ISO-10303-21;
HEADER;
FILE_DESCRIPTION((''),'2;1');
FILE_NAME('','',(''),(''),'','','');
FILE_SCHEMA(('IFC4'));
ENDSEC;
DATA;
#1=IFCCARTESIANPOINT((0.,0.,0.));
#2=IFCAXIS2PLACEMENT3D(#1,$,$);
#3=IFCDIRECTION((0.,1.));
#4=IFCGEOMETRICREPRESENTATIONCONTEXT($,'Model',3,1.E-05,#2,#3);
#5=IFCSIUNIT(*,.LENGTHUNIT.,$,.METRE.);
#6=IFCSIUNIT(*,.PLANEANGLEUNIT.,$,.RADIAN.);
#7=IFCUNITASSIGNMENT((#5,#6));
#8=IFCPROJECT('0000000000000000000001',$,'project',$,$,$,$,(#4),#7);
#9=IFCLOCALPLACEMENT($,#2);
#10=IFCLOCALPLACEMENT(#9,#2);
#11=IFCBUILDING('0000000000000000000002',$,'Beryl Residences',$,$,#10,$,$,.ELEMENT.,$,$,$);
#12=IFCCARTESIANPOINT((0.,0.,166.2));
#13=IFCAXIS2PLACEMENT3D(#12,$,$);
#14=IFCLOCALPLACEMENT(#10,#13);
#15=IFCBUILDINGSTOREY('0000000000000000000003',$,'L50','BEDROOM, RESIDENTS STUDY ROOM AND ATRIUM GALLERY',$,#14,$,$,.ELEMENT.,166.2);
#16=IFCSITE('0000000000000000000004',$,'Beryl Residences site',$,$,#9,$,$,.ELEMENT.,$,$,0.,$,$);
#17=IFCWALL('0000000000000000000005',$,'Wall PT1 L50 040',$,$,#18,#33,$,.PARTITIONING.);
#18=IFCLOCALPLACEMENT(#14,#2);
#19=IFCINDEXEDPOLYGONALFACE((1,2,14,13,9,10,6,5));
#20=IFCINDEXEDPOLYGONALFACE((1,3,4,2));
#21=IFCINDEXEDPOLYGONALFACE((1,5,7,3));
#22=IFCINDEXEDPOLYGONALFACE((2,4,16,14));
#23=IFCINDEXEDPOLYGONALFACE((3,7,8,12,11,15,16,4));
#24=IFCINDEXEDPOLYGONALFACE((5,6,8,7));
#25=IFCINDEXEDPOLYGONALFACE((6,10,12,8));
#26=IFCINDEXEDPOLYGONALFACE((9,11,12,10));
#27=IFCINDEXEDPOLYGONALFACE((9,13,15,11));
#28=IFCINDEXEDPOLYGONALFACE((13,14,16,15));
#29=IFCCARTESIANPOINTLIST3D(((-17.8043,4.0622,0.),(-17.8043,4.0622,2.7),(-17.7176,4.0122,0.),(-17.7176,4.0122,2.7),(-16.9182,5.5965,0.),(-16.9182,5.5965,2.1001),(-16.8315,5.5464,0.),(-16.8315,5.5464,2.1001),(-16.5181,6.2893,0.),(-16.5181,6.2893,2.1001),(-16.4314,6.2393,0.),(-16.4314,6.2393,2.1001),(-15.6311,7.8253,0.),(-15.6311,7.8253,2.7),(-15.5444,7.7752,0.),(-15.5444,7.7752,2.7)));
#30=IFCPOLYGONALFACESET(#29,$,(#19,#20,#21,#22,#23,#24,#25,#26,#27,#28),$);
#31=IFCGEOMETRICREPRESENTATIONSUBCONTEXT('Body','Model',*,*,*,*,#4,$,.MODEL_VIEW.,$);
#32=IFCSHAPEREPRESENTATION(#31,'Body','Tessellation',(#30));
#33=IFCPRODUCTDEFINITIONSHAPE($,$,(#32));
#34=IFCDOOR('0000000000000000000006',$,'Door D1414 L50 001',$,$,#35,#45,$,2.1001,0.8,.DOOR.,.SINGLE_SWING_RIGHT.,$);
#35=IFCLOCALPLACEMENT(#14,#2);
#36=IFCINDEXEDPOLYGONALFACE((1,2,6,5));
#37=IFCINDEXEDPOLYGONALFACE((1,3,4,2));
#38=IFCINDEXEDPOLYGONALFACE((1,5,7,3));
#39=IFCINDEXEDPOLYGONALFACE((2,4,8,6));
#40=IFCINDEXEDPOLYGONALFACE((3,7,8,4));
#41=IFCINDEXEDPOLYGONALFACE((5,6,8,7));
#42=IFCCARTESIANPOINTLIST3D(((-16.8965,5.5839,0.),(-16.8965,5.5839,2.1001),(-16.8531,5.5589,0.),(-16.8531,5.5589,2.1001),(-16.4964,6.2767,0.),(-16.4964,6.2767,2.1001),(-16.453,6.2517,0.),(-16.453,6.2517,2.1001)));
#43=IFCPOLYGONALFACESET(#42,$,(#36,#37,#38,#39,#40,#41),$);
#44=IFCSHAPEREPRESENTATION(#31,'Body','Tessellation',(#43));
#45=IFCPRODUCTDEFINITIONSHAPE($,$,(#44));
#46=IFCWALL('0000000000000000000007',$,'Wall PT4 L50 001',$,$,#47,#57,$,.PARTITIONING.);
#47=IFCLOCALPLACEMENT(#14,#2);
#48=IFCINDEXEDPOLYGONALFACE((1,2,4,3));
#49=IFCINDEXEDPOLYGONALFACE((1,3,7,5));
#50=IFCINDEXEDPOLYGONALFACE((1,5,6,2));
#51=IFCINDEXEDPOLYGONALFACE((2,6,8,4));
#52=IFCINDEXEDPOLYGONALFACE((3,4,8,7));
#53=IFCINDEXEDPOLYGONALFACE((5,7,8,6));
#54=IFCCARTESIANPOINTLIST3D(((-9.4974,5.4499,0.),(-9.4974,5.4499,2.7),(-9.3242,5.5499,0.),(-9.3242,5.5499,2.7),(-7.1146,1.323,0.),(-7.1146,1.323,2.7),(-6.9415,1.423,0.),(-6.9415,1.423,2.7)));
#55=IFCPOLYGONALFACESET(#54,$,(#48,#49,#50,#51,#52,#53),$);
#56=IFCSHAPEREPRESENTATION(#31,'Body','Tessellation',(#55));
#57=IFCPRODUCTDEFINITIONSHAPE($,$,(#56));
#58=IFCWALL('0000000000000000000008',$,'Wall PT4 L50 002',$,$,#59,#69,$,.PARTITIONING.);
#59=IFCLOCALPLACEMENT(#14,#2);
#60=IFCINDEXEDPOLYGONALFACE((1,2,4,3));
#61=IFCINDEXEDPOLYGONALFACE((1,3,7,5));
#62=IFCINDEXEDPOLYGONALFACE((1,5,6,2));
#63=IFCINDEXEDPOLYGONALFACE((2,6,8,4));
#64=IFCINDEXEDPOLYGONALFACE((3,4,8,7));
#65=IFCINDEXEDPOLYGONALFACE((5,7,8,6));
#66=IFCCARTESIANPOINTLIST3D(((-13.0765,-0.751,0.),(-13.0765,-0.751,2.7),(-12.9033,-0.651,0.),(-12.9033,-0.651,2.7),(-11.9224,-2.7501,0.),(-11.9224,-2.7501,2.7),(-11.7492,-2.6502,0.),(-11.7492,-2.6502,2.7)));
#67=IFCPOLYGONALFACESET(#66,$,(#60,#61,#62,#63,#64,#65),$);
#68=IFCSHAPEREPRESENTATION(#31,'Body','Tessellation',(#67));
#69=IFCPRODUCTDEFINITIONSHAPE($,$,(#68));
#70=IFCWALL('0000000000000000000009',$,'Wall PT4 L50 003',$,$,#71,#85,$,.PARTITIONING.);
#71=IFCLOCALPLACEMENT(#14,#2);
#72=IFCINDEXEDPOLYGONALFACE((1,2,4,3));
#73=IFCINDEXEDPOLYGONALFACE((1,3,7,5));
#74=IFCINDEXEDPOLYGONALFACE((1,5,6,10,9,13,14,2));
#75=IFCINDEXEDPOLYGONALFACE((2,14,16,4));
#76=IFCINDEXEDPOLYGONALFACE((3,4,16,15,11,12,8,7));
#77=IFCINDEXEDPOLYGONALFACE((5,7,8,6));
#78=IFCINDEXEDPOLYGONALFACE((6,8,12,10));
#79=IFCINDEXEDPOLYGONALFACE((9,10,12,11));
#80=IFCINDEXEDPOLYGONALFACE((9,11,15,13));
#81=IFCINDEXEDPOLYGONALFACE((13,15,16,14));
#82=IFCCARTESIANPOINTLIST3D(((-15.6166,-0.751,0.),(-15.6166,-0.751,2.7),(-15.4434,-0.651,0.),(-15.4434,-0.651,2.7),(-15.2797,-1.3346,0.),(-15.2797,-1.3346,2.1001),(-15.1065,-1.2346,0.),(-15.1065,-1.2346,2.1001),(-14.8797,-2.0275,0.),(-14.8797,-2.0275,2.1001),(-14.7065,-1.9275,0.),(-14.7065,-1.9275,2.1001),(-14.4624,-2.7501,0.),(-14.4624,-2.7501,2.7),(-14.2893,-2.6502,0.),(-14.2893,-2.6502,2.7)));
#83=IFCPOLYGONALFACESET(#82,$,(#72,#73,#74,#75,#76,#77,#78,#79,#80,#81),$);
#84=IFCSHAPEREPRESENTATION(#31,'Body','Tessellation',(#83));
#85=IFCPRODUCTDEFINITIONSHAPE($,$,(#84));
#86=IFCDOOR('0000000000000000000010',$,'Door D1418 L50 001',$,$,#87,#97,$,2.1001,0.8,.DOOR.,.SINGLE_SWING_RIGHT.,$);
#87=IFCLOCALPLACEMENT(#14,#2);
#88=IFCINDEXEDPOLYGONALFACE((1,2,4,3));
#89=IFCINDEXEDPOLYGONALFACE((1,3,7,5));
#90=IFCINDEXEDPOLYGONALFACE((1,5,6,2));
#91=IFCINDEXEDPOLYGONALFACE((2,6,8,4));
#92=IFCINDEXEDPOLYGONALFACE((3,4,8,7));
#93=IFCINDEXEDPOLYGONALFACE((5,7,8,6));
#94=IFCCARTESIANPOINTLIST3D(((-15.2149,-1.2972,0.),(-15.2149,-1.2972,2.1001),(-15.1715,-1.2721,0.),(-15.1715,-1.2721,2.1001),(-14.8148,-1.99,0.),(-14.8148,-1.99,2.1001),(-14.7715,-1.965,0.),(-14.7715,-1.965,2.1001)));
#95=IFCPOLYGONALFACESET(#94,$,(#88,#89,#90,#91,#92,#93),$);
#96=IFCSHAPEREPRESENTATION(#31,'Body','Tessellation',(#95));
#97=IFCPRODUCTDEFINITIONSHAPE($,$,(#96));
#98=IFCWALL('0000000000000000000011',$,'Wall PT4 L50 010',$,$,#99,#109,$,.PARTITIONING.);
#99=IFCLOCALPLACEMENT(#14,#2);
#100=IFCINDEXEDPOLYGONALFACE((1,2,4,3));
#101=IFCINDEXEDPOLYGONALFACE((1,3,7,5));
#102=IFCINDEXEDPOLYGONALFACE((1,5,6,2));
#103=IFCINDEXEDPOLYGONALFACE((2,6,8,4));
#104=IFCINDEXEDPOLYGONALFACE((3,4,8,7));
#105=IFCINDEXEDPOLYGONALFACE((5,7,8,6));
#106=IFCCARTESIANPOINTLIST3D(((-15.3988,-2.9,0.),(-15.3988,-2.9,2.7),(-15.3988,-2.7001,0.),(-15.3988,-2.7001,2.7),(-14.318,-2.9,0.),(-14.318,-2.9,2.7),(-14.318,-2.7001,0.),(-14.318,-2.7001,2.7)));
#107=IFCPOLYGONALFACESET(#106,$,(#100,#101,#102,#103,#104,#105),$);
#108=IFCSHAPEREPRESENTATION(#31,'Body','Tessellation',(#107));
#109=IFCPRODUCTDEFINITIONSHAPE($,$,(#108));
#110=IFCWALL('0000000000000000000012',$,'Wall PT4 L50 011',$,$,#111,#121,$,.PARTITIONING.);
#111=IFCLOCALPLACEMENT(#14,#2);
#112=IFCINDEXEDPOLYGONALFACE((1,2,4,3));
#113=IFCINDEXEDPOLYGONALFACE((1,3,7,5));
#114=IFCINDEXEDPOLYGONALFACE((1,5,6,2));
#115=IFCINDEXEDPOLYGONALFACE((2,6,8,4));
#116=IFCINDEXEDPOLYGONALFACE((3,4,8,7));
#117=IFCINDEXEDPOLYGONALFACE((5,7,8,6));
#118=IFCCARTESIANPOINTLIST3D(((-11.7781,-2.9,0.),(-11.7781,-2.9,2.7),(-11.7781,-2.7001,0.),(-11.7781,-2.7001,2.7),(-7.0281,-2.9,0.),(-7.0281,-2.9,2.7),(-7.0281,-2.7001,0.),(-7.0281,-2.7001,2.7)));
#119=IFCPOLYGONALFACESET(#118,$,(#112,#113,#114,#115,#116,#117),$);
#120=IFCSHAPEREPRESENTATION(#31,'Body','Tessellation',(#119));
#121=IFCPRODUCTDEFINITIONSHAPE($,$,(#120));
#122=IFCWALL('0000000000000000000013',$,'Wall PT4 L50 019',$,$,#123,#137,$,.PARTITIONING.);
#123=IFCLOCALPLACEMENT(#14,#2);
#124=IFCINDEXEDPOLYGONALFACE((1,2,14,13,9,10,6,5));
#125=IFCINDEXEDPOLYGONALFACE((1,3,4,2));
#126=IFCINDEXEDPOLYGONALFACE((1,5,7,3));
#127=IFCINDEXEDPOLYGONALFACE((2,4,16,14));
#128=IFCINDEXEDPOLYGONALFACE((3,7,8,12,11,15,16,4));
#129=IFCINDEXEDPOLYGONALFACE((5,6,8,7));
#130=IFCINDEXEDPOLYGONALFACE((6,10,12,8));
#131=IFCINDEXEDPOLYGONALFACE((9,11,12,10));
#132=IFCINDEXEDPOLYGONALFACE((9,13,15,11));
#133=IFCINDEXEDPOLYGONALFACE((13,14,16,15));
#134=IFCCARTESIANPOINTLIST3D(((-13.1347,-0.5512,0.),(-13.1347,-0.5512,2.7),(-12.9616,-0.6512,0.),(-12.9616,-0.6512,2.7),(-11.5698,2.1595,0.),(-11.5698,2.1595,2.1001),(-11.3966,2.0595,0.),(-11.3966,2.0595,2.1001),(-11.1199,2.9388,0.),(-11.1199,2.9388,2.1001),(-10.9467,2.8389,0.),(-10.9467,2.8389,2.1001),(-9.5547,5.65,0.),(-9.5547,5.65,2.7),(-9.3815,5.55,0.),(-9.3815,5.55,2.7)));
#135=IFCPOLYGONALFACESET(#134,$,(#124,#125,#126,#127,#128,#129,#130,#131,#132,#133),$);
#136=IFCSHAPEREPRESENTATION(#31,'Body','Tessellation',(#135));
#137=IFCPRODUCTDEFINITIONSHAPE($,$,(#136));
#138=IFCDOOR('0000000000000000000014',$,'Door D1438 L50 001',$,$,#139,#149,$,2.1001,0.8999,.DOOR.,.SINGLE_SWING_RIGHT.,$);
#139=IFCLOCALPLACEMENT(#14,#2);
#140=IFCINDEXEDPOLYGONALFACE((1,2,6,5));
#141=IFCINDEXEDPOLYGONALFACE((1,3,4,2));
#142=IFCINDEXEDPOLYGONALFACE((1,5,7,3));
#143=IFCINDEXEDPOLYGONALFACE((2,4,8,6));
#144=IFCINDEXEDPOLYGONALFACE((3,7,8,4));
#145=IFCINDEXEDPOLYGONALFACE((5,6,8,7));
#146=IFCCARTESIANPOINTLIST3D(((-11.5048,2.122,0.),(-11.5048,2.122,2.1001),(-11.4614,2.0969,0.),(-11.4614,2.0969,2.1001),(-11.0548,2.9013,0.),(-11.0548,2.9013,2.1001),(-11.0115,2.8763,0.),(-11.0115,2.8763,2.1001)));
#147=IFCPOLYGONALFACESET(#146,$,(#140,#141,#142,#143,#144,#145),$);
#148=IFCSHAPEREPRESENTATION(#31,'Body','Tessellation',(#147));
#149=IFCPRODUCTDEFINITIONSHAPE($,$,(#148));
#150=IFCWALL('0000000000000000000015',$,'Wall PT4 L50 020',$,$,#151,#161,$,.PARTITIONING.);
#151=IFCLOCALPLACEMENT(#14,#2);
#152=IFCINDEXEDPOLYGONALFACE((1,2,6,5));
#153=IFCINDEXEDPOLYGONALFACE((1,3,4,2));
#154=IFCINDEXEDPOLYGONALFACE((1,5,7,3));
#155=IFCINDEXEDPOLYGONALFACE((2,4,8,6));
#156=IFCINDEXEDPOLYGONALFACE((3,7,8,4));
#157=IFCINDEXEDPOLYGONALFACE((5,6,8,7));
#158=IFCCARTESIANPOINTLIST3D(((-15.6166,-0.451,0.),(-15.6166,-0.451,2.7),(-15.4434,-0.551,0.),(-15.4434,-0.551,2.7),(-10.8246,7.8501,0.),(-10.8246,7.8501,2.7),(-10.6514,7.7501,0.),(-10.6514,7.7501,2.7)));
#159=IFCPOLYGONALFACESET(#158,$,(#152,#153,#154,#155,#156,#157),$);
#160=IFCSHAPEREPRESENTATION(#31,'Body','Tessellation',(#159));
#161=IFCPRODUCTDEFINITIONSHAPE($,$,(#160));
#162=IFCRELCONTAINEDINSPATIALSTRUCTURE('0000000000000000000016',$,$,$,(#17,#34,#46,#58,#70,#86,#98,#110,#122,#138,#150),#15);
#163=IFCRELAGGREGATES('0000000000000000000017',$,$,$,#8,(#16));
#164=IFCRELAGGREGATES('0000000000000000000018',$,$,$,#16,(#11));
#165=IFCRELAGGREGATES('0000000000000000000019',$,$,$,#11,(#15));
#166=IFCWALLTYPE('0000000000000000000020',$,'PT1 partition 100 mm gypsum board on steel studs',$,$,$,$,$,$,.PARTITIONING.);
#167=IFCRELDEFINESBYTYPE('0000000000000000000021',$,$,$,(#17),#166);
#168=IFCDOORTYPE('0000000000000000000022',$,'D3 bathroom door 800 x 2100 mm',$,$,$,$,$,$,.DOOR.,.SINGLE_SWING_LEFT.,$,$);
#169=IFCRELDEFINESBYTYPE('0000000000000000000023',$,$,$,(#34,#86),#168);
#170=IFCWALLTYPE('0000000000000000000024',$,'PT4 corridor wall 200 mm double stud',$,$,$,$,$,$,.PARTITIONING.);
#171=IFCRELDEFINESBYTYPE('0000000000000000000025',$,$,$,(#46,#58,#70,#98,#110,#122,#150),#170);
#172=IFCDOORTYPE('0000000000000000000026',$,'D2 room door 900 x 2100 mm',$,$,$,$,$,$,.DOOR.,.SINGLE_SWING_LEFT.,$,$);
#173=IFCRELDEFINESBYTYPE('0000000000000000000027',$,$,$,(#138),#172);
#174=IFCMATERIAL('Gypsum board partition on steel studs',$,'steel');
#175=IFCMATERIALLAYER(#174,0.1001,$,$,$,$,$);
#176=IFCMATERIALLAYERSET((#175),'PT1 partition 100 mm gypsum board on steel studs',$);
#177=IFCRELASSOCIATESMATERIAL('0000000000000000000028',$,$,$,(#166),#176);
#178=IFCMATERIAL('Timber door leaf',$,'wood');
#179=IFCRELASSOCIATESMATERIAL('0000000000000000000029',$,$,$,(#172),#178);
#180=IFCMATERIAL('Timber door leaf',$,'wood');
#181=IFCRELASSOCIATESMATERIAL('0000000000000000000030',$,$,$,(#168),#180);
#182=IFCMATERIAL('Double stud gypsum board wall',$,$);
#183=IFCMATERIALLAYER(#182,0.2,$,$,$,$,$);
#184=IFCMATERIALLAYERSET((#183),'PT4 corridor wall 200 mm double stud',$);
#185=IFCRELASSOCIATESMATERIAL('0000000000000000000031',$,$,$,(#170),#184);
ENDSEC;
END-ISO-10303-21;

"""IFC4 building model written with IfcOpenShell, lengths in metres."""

from ifc_helpers import new_model, si_unit, direction, frame, frame_2d, origin, place, context, subcontext, project, spatial, rectangle, extrude, material, layer, layer_set, type_object, element, fill, save


model = new_model("IFC4")

# Units and contexts
model_context = context("Model", 3, precision=1e-05, world=origin(), true_north=direction((0.0, 1.0)))
body_context = subcontext(model_context, "Body", "Model", "MODEL_VIEW")
ifc_project = project(units=[si_unit("LENGTHUNIT", "METRE"), si_unit("PLANEANGLEUNIT", "RADIAN")], contexts=[model_context])

# Site, building, storey
site_placement = place(None, origin())
site = spatial("IfcSite", under=ifc_project, at=site_placement, Name="Beryl Residences site", CompositionType="ELEMENT", RefElevation=0.0)
building_placement = place(site_placement, origin())
building = spatial("IfcBuilding", under=site, at=building_placement, Name="Beryl Residences", CompositionType="ELEMENT")
storey_placement = place(building_placement, frame((0.0, 0.0, 166.2)))
storey = spatial("IfcBuildingStorey", under=building, at=storey_placement, Name="L50", Description="BEDROOM, RESIDENTS STUDY ROOM AND ATRIUM GALLERY", CompositionType="ELEMENT", Elevation=166.2)

# Shared definitions
ifc_material_1 = material(Name="Gypsum board partition on steel studs", Category="steel")
ifc_layer_1 = layer(ifc_material_1, 0.1001)
ifc_layer_set_1 = layer_set([ifc_layer_1], Name="PT1 partition 100 mm gypsum board on steel studs")
wall_type_1 = type_object("IfcWallType", Name="PT1 partition 100 mm gypsum board on steel studs", PredefinedType="PARTITIONING", material=ifc_layer_set_1)
ifc_material_2 = material(Name="Timber door leaf", Category="wood")
door_type_1 = type_object("IfcDoorType", Name="D2 room door 900 x 2100 mm", OperationType="SINGLE_SWING_LEFT", PredefinedType="DOOR", material=ifc_material_2)

# Shared definitions
ifc_material_3 = material(Name="Timber door leaf", Category="wood")
door_type_2 = type_object("IfcDoorType", Name="D3 bathroom door 800 x 2100 mm", OperationType="SINGLE_SWING_LEFT", PredefinedType="DOOR", material=ifc_material_3)

# Wall, opening, door
wall_1_placement = place(storey_placement, frame((-17.761, 4.0371, 0.0), z_axis=(0.0, 0.0, 1.0), x_axis=(0.500097, 0.865969, 0.0)))
wall_1 = element("IfcWall", 1, at=wall_1_placement, inside=storey, type_object=wall_type_1, Name="Wall PT1 L50 040", PredefinedType="PARTITIONING", context=body_context, shape_type="SweptSolid", body=[
    extrude(rectangle(XDim=4.3455, YDim=0.1001, at=frame_2d((2.1729, 0.0))), origin(), (0.0, 0.0, 1.0), 2.7),
])
opening_1_placement = place(wall_1_placement, frame((1.772, 0.0, 0.0)))
opening_1 = element("IfcOpeningElement", 2, at=opening_1_placement, cuts=wall_1, PredefinedType="OPENING", context=body_context, shape_type="SweptSolid", body=[
    extrude(rectangle(XDim=0.8, YDim=2.1001, at=frame_2d((0.3999, 1.05))), frame((0.0, 0.0601, 0.0), z_axis=(0.0, -1.0, 0.0), x_axis=(1.0, 0.0, 0.0)), (0.0, 0.0, 1.0), 0.1201),
])
door_1_placement = place(opening_1_placement, origin())
door_1 = element("IfcDoor", 3, at=door_1_placement, inside=storey, type_object=door_type_2, Name="Door D1414 L50 001", OperationType="SINGLE_SWING_RIGHT", OverallHeight=2.1001, OverallWidth=0.8, PredefinedType="DOOR", context=body_context, shape_type="SweptSolid", body=[
    extrude(rectangle(XDim=0.8, YDim=2.1001, at=frame_2d((0.3999, 1.05))), frame((0.0, 0.0249, 0.0), z_axis=(0.0, -1.0, 0.0), x_axis=(1.0, 0.0, 0.0)), (0.0, 0.0, 1.0), 0.05),
])
fill(opening_1, door_1)

# Walls
ifc_material_4 = material(Name="Double stud gypsum board wall")
ifc_layer_2 = layer(ifc_material_4, 0.2)
ifc_layer_set_2 = layer_set([ifc_layer_2], Name="PT4 corridor wall 200 mm double stud")
wall_type_2 = type_object("IfcWallType", Name="PT4 corridor wall 200 mm double stud", PredefinedType="PARTITIONING", material=ifc_layer_set_2)
wall_2_placement = place(storey_placement, frame((-9.4109, 5.5, 0.0), z_axis=(0.0, 0.0, 1.0), x_axis=(0.500018, -0.866015, 0.0)))
element("IfcWall", 4, at=wall_2_placement, inside=storey, type_object=wall_type_2, Name="Wall PT4 L50 001", PredefinedType="PARTITIONING", context=body_context, shape_type="SweptSolid", body=[
    extrude(rectangle(XDim=4.7654, YDim=0.2, at=frame_2d((2.3828, 0.0))), origin(), (0.0, 0.0, 1.0), 2.7),
])
wall_3_placement = place(storey_placement, frame((-12.99, -0.7009, 0.0), z_axis=(0.0, 0.0, 1.0), x_axis=(0.499973, -0.866041, 0.0)))
element("IfcWall", 5, at=wall_3_placement, inside=storey, type_object=wall_type_2, Name="Wall PT4 L50 002", PredefinedType="PARTITIONING", context=body_context, shape_type="SweptSolid", body=[
    extrude(rectangle(XDim=2.3083, YDim=0.2, at=frame_2d((1.1543, 0.0))), origin(), (0.0, 0.0, 1.0), 2.7),
])

# Wall, opening, door
wall_4_placement = place(storey_placement, frame((-15.53, -0.7009, 0.0), z_axis=(0.0, 0.0, 1.0), x_axis=(0.499973, -0.866041, 0.0)))
wall_4 = element("IfcWall", 6, at=wall_4_placement, inside=storey, type_object=wall_type_2, Name="Wall PT4 L50 003", PredefinedType="PARTITIONING", context=body_context, shape_type="SweptSolid", body=[
    extrude(rectangle(XDim=2.3083, YDim=0.2, at=frame_2d((1.1543, 0.0))), origin(), (0.0, 0.0, 1.0), 2.7),
])
opening_2_placement = place(wall_4_placement, frame((0.6741, 0.0, 0.0)))
opening_2 = element("IfcOpeningElement", 7, at=opening_2_placement, cuts=wall_4, PredefinedType="OPENING", context=body_context, shape_type="SweptSolid", body=[
    extrude(rectangle(XDim=0.8, YDim=2.1001, at=frame_2d((0.3999, 1.05))), frame((0.0, 0.1099, 0.0), z_axis=(0.0, -1.0, 0.0), x_axis=(1.0, 0.0, 0.0)), (0.0, 0.0, 1.0), 0.22),
])
door_2_placement = place(opening_2_placement, origin())
door_2 = element("IfcDoor", 8, at=door_2_placement, inside=storey, type_object=door_type_2, Name="Door D1418 L50 001", OperationType="SINGLE_SWING_RIGHT", OverallHeight=2.1001, OverallWidth=0.8, PredefinedType="DOOR", context=body_context, shape_type="SweptSolid", body=[
    extrude(rectangle(XDim=0.8, YDim=2.1001, at=frame_2d((0.3999, 1.05))), frame((0.0, 0.0249, 0.0), z_axis=(0.0, -1.0, 0.0), x_axis=(1.0, 0.0, 0.0)), (0.0, 0.0, 1.0), 0.05),
])
fill(opening_2, door_2)

# Walls
wall_5_placement = place(storey_placement, frame((-15.3989, -2.8, 0.0), z_axis=(0.0, 0.0, 1.0), x_axis=(1.0, 0.0, 0.0)))
element("IfcWall", 9, at=wall_5_placement, inside=storey, type_object=wall_type_2, Name="Wall PT4 L50 010", PredefinedType="PARTITIONING", context=body_context, shape_type="SweptSolid", body=[
    extrude(rectangle(XDim=1.0808, YDim=0.2, at=frame_2d((0.5405, 0.0))), origin(), (0.0, 0.0, 1.0), 2.7),
])
wall_6_placement = place(storey_placement, frame((-11.7781, -2.8, 0.0), z_axis=(0.0, 0.0, 1.0), x_axis=(1.0, 0.0, 0.0)))
element("IfcWall", 10, at=wall_6_placement, inside=storey, type_object=wall_type_2, Name="Wall PT4 L50 011", PredefinedType="PARTITIONING", context=body_context, shape_type="SweptSolid", body=[
    extrude(rectangle(XDim=4.75, YDim=0.2, at=frame_2d((2.375, 0.0))), origin(), (0.0, 0.0, 1.0), 2.7),
])

# Wall, opening, door
wall_7_placement = place(storey_placement, frame((-13.0481, -0.6011, 0.0), z_axis=(0.0, 0.0, 1.0), x_axis=(0.499982, 0.866036, 0.0)))
wall_7 = element("IfcWall", 11, at=wall_7_placement, inside=storey, type_object=wall_type_2, Name="Wall PT4 L50 019", PredefinedType="PARTITIONING", context=body_context, shape_type="SweptSolid", body=[
    extrude(rectangle(XDim=7.1604, YDim=0.2, at=frame_2d((3.5801, 0.0))), origin(), (0.0, 0.0, 1.0), 2.7),
])
opening_3_placement = place(wall_7_placement, frame((3.1299, 0.0, 0.0)))
opening_3 = element("IfcOpeningElement", 12, at=opening_3_placement, cuts=wall_7, PredefinedType="OPENING", context=body_context, shape_type="SweptSolid", body=[
    extrude(rectangle(XDim=0.8999, YDim=2.1001, at=frame_2d((0.45, 1.05))), frame((0.0, 0.1099, 0.0), z_axis=(0.0, -1.0, 0.0), x_axis=(1.0, 0.0, 0.0)), (0.0, 0.0, 1.0), 0.22),
])
door_3_placement = place(opening_3_placement, origin())
door_3 = element("IfcDoor", 13, at=door_3_placement, inside=storey, type_object=door_type_1, Name="Door D1438 L50 001", OperationType="SINGLE_SWING_RIGHT", OverallHeight=2.1001, OverallWidth=0.8999, PredefinedType="DOOR", context=body_context, shape_type="SweptSolid", body=[
    extrude(rectangle(XDim=0.8999, YDim=2.1001, at=frame_2d((0.45, 1.05))), frame((0.0, 0.0249, 0.0), z_axis=(0.0, -1.0, 0.0), x_axis=(1.0, 0.0, 0.0)), (0.0, 0.0, 1.0), 0.05),
])
fill(opening_3, door_3)

# Wall
wall_8_placement = place(storey_placement, frame((-15.53, -0.501, 0.0), z_axis=(0.0, 0.0, 1.0), x_axis=(0.499952, 0.866053, 0.0)))
element("IfcWall", 14, at=wall_8_placement, inside=storey, type_object=wall_type_2, Name="Wall PT4 L50 020", PredefinedType="PARTITIONING", context=body_context, shape_type="SweptSolid", body=[
    extrude(rectangle(XDim=9.585, YDim=0.2, at=frame_2d((4.7925, 0.0))), origin(), (0.0, 0.0, 1.0), 2.7),
])

save(model, "model.ifc")
